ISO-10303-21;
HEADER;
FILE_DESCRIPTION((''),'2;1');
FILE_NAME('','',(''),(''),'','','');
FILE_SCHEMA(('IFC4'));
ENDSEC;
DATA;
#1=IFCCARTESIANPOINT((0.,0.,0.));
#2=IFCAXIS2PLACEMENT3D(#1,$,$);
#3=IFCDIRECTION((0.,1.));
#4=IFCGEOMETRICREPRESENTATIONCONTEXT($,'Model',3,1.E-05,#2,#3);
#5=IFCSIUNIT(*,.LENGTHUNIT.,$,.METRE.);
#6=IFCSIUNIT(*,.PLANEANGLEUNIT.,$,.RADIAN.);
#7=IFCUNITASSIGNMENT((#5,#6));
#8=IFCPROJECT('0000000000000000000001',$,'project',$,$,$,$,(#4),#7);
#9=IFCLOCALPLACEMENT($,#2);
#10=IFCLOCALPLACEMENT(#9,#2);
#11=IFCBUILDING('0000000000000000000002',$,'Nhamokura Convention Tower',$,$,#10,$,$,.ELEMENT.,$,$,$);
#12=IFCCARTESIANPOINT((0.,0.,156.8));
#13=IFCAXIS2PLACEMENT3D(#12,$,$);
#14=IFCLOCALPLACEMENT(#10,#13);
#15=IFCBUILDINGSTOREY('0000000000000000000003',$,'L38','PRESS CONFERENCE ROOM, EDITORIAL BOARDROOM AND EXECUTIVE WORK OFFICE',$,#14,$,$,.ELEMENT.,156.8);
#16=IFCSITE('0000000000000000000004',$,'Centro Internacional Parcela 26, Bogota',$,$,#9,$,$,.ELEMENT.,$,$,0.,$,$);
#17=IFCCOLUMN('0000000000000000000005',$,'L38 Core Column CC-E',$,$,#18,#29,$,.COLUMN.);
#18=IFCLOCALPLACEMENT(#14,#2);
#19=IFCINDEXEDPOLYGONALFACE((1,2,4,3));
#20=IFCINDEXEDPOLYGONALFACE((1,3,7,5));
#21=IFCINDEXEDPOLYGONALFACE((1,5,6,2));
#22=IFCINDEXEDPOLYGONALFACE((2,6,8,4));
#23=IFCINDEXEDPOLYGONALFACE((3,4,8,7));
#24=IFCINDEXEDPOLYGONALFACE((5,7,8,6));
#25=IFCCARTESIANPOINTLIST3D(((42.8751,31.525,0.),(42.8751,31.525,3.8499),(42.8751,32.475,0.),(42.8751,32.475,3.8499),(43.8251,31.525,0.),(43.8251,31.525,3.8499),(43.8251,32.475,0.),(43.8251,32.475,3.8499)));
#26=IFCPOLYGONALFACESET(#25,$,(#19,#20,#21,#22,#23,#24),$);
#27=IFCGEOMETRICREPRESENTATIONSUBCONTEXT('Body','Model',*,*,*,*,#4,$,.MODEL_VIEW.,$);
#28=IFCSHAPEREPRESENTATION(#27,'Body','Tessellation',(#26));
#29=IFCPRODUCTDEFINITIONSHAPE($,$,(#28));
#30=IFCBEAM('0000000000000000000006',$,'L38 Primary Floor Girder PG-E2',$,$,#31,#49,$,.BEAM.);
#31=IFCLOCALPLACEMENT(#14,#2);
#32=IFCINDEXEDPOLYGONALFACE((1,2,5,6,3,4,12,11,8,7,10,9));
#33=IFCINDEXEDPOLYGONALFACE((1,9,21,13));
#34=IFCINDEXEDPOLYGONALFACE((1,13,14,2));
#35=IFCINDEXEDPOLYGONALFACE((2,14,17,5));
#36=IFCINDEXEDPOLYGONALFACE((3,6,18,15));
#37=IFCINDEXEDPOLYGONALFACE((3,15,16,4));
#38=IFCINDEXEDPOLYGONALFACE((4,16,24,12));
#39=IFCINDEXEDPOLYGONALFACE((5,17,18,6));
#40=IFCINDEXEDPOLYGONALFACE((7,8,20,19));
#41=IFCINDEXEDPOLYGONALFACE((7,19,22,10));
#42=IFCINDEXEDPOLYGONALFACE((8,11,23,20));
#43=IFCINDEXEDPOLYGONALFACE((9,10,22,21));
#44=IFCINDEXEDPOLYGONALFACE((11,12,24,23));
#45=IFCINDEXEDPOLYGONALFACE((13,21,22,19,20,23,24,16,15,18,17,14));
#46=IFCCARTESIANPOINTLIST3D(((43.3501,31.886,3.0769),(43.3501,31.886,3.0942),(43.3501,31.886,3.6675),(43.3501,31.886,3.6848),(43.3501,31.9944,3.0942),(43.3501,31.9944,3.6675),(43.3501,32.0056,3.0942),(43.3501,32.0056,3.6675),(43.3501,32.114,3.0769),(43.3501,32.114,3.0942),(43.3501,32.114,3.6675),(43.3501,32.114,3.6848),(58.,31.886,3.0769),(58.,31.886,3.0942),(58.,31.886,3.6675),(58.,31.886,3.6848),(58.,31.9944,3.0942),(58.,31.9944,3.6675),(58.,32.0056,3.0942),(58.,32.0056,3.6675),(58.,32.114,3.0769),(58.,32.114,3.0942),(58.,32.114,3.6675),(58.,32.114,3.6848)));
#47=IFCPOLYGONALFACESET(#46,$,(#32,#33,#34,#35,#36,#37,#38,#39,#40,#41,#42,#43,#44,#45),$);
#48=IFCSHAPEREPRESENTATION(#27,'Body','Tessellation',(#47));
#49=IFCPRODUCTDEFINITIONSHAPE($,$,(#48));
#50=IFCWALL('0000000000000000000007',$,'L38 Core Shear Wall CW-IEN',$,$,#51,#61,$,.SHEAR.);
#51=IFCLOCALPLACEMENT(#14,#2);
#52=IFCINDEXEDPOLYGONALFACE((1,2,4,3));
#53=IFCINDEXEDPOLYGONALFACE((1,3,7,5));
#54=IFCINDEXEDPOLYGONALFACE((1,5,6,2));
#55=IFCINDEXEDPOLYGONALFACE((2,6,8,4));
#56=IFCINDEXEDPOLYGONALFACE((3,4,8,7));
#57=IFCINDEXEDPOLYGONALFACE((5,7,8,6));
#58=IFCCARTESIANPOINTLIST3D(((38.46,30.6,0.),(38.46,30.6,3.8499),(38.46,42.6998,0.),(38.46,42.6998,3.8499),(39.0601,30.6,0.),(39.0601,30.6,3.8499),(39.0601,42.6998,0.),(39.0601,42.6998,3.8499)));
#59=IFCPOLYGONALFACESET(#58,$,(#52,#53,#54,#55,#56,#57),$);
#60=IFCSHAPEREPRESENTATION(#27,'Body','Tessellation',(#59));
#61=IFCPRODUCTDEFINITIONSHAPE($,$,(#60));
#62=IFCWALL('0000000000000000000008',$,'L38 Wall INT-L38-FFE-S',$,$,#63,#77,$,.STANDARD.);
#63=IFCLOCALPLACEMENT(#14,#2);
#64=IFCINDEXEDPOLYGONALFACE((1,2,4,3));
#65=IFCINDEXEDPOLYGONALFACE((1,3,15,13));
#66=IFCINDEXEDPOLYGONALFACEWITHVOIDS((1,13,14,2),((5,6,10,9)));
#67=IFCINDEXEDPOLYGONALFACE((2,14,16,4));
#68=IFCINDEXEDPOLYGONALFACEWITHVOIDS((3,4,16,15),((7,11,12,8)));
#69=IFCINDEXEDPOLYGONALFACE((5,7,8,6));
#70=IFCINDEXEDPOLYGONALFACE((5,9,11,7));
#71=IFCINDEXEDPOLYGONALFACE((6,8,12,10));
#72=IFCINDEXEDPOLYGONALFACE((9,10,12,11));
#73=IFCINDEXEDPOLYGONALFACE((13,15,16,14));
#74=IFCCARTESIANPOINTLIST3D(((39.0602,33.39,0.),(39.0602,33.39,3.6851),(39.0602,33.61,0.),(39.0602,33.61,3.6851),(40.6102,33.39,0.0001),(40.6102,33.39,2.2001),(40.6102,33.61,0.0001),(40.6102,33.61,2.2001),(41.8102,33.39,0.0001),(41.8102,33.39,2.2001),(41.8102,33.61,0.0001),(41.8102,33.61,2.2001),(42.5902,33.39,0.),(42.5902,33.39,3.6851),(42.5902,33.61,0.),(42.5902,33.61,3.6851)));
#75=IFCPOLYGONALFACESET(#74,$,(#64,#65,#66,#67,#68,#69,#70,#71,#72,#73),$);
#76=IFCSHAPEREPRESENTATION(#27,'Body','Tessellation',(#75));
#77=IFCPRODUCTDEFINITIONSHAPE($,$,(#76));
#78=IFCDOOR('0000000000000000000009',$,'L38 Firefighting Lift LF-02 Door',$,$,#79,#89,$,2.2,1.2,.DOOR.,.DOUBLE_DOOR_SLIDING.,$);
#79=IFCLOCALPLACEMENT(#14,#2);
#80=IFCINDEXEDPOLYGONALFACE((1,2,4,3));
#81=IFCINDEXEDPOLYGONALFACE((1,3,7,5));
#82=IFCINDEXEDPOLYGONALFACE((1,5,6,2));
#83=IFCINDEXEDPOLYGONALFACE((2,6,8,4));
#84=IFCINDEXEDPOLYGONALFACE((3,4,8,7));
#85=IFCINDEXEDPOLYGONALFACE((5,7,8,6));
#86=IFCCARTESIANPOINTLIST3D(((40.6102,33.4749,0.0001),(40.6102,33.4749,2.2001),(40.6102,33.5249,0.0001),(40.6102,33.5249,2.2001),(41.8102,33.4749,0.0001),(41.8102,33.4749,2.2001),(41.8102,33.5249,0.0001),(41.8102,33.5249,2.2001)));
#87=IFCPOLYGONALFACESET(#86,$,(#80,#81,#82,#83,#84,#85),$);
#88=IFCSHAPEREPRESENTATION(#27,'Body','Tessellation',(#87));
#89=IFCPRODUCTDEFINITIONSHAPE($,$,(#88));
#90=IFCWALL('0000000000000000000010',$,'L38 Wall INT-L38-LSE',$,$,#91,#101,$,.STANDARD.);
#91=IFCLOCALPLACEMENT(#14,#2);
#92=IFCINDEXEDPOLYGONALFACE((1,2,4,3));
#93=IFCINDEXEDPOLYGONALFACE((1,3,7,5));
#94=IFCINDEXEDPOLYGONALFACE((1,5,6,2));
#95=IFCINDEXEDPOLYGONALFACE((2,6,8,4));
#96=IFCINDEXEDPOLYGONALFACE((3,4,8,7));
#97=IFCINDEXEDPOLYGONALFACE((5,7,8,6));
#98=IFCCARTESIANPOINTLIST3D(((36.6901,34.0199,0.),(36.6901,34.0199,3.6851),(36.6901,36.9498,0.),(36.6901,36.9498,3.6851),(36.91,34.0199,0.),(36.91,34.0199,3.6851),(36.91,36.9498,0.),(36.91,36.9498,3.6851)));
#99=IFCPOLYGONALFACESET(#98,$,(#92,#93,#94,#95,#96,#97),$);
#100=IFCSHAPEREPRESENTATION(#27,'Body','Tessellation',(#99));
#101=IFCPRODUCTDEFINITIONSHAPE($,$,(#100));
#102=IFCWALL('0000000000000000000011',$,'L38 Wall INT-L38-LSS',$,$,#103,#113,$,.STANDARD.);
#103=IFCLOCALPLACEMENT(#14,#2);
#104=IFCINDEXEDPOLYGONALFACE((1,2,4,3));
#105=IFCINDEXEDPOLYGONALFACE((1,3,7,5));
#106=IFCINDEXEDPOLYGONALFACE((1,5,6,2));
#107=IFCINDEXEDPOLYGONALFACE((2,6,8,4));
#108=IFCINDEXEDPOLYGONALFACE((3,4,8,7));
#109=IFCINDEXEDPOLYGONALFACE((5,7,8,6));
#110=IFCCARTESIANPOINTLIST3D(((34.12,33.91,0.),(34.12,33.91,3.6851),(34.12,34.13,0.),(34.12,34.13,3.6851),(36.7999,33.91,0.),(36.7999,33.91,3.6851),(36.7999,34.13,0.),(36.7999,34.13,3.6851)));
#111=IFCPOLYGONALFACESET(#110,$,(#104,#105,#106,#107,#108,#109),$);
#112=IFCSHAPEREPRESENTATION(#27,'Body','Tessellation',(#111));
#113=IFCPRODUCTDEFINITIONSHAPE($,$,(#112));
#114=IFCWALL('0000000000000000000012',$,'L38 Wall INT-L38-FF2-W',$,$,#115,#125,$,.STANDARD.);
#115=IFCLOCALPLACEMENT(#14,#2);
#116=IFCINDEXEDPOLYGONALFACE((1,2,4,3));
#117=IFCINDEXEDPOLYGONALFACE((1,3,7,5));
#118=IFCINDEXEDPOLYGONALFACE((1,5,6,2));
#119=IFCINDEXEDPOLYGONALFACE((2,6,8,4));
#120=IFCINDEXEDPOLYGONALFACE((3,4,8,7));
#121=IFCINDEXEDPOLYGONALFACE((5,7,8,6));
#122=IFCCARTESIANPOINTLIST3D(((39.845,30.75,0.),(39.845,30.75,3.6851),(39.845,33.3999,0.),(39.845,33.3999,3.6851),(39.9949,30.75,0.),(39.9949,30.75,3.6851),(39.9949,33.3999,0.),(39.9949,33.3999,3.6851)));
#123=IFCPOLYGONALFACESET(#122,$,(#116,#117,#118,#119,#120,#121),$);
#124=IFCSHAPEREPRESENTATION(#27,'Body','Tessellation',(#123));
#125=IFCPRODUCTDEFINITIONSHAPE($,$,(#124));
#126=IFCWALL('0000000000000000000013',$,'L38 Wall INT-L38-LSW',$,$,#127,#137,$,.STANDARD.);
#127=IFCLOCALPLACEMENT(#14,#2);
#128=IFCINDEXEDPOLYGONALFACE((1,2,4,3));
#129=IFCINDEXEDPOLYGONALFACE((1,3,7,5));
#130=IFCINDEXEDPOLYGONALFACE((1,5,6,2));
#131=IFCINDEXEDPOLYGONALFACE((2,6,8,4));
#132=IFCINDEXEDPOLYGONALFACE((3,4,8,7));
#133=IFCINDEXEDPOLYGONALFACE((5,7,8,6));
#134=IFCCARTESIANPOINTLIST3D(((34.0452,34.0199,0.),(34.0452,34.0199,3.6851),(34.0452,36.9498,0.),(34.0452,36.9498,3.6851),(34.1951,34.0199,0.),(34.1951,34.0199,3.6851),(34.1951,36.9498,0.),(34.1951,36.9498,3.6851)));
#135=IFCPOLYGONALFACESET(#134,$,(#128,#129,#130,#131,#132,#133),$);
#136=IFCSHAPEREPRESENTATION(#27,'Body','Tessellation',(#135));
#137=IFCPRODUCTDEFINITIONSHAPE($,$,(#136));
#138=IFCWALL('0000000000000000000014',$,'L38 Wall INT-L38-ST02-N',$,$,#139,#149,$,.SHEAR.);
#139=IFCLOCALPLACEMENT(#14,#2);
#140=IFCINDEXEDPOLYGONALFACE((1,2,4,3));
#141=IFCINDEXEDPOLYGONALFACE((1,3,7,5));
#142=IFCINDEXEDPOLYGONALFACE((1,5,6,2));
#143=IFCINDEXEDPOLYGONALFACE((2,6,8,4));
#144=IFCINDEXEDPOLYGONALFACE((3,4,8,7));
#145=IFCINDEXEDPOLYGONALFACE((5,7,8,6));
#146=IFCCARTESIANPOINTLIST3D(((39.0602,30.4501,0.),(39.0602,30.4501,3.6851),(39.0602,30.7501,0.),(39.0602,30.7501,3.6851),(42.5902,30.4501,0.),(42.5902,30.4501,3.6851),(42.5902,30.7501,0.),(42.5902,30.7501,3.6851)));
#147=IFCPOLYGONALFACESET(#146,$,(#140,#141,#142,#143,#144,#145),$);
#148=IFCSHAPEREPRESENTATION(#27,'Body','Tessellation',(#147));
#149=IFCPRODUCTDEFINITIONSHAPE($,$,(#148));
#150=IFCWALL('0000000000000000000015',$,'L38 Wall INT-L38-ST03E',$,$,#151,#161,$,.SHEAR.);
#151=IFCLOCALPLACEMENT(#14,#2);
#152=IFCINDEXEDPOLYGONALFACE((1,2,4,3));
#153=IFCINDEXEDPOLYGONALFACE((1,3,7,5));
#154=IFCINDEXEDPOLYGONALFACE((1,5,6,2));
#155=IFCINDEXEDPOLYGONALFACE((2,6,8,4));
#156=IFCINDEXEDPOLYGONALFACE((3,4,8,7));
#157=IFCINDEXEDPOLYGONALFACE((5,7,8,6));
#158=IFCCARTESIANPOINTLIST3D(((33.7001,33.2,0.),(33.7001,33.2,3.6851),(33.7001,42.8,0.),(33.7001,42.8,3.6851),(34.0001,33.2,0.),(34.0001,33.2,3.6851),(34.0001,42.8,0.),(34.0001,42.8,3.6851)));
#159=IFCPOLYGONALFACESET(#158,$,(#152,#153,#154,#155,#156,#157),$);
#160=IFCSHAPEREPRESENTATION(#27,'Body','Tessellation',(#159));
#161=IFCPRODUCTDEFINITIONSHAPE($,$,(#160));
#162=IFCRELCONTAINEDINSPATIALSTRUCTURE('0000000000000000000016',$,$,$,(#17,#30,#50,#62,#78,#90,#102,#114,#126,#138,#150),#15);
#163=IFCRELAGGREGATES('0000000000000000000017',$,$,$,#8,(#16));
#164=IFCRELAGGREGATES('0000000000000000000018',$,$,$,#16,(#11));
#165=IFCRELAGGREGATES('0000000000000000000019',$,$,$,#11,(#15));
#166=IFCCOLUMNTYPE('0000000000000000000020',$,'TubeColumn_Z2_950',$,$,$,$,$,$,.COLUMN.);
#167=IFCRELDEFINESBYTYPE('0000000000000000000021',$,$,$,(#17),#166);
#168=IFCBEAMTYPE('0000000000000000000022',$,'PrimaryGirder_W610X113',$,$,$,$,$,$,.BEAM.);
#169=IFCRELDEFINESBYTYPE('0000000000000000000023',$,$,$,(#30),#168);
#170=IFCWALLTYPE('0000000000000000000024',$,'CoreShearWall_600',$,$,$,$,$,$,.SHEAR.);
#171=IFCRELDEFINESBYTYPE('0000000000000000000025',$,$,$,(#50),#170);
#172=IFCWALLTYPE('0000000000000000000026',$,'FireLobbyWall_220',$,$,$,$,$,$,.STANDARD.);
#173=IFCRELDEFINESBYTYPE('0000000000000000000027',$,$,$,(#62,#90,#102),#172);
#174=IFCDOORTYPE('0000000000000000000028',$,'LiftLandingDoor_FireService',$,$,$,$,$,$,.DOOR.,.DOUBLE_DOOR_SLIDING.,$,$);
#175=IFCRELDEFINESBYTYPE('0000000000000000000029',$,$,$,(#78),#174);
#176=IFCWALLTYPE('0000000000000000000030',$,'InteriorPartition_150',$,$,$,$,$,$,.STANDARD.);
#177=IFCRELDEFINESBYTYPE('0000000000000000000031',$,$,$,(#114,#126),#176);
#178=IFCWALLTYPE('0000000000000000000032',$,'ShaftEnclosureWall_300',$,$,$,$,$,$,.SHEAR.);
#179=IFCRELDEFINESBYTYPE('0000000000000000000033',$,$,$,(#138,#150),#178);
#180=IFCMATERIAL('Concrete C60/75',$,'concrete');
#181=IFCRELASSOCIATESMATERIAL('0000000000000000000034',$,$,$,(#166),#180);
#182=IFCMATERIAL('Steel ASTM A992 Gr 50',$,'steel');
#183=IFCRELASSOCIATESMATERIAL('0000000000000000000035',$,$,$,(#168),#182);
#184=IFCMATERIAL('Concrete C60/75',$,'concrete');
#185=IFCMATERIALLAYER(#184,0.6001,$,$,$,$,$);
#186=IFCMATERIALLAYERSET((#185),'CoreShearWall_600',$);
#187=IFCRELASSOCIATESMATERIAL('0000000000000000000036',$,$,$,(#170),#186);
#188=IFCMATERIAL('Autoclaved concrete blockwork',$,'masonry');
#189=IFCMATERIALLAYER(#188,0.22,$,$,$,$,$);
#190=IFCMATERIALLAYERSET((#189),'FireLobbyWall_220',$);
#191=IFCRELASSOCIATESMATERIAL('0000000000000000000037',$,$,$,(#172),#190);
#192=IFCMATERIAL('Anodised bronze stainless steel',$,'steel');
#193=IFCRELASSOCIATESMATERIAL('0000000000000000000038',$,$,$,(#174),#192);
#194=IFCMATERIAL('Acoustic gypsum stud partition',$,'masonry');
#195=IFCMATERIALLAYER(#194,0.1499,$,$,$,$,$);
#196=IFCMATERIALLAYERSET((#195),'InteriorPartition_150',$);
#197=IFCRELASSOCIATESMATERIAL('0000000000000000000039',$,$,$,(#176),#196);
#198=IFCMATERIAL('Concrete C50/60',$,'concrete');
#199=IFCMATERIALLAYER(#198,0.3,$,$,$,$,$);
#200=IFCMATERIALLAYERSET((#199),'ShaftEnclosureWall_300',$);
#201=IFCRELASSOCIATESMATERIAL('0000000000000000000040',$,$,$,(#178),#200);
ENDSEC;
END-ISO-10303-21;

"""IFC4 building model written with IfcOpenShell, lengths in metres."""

from ifc_helpers import new_model, si_unit, direction, frame, frame_2d, origin, origin_2d, place, context, subcontext, project, spatial, rectangle, i_section, extrude, material, layer, layer_set, material_profile, profile_set, type_object, element, fill, save


model = new_model("IFC4")

# Units and contexts
model_context = context("Model", 3, precision=1e-05, world=origin(), true_north=direction((0.0, 1.0)))
body_context = subcontext(model_context, "Body", "Model", "MODEL_VIEW")
ifc_project = project(units=[si_unit("LENGTHUNIT", "METRE"), si_unit("PLANEANGLEUNIT", "RADIAN")], contexts=[model_context])

# Site, building, storey
site_placement = place(None, origin())
site = spatial("IfcSite", under=ifc_project, at=site_placement, Name="Centro Internacional Parcela 26, Bogota", CompositionType="ELEMENT", RefElevation=0.0)
building_placement = place(site_placement, origin())
building = spatial("IfcBuilding", under=site, at=building_placement, Name="Nhamokura Convention Tower", CompositionType="ELEMENT")
storey_placement = place(building_placement, frame((0.0, 0.0, 156.8)))
storey = spatial("IfcBuildingStorey", under=building, at=storey_placement, Name="L38", Description="PRESS CONFERENCE ROOM, EDITORIAL BOARDROOM AND EXECUTIVE WORK OFFICE", CompositionType="ELEMENT", Elevation=156.8)

# Column
ifc_material_1 = material(Name="Concrete C60/75", Category="concrete")
ifc_material_profile_1 = material_profile(ifc_material_1, rectangle(XDim=0.95, YDim=0.95, at=origin_2d()))
ifc_profile_set_1 = profile_set([ifc_material_profile_1], Name="Concrete C60/75")
column_type = type_object("IfcColumnType", Name="TubeColumn_Z2_950", PredefinedType="COLUMN", material=ifc_profile_set_1)
column_placement = place(storey_placement, frame((43.3501, 32.0, 0.0), z_axis=(0.0, 0.0, 1.0), x_axis=(1.0, 0.0, 0.0)))
element("IfcColumn", 1, at=column_placement, inside=storey, type_object=column_type, Name="L38 Core Column CC-E", PredefinedType="COLUMN", context=body_context, shape_type="SweptSolid", body=[
    extrude(rectangle(XDim=0.95, YDim=0.95, at=origin_2d()), origin(), (0.0, 0.0, 1.0), 3.8499),
])

# Beam
ifc_material_2 = material(Name="Steel ASTM A992 Gr 50", Category="steel")
ifc_material_profile_2 = material_profile(ifc_material_2, i_section(OverallWidth=0.228, OverallDepth=0.6079, WebThickness=0.0112, FlangeThickness=0.0173, at=origin_2d()))
ifc_profile_set_2 = profile_set([ifc_material_profile_2], Name="Steel ASTM A992 Gr 50")
beam_type = type_object("IfcBeamType", Name="PrimaryGirder_W610X113", PredefinedType="BEAM", material=ifc_profile_set_2)
beam_placement = place(storey_placement, frame((43.3501, 32.0, 3.3809), z_axis=(1.0, 0.0, 0.0), x_axis=(0.0, 1.0, 0.0)))
element("IfcBeam", 2, at=beam_placement, inside=storey, type_object=beam_type, Name="L38 Primary Floor Girder PG-E2", PredefinedType="BEAM", context=body_context, shape_type="SweptSolid", body=[
    extrude(i_section(OverallWidth=0.228, OverallDepth=0.6079, WebThickness=0.0112, FlangeThickness=0.0173, at=origin_2d()), origin(), (0.0, 0.0, 1.0), 14.6499),
])

# Shared definitions
ifc_material_3 = material(Name="Concrete C60/75", Category="concrete")
ifc_layer_1 = layer(ifc_material_3, 0.6001)
ifc_layer_set_1 = layer_set([ifc_layer_1], Name="CoreShearWall_600")
wall_type_1 = type_object("IfcWallType", Name="CoreShearWall_600", PredefinedType="SHEAR", material=ifc_layer_set_1)

# Wall
wall_1_placement = place(storey_placement, frame((38.76, 30.6001, 0.0), z_axis=(0.0, 0.0, 1.0), x_axis=(0.0, 1.0, 0.0)))
element("IfcWall", 3, at=wall_1_placement, inside=storey, type_object=wall_type_1, Name="L38 Core Shear Wall CW-IEN", PredefinedType="SHEAR", context=body_context, shape_type="SweptSolid", body=[
    extrude(rectangle(XDim=12.0999, YDim=0.6001, at=frame_2d((6.0498, 0.0))), origin(), (0.0, 0.0, 1.0), 3.8499),
])

# Wall, opening, door
ifc_material_4 = material(Name="Autoclaved concrete blockwork", Category="masonry")
ifc_layer_2 = layer(ifc_material_4, 0.22)
ifc_layer_set_2 = layer_set([ifc_layer_2], Name="FireLobbyWall_220")
wall_type_2 = type_object("IfcWallType", Name="FireLobbyWall_220", PredefinedType="STANDARD", material=ifc_layer_set_2)
wall_2_placement = place(storey_placement, frame((39.0601, 33.5, 0.0), z_axis=(0.0, 0.0, 1.0), x_axis=(1.0, 0.0, 0.0)))
wall_2 = element("IfcWall", 4, at=wall_2_placement, inside=storey, type_object=wall_type_2, Name="L38 Wall INT-L38-FFE-S", PredefinedType="STANDARD", context=body_context, shape_type="SweptSolid", body=[
    extrude(rectangle(XDim=3.53, YDim=0.22, at=frame_2d((1.7651, 0.0))), origin(), (0.0, 0.0, 1.0), 3.6851),
])
opening_1_placement = place(wall_2_placement, frame((1.55, 0.0, 0.0)))
opening_1 = element("IfcOpeningElement", 5, at=opening_1_placement, cuts=wall_2, PredefinedType="OPENING", context=body_context, shape_type="SweptSolid", body=[
    extrude(rectangle(XDim=1.2, YDim=2.2, at=frame_2d((0.6001, 1.1001))), frame((0.0, 0.1199, 0.0), z_axis=(0.0, -1.0, 0.0), x_axis=(1.0, 0.0, 0.0)), (0.0, 0.0, 1.0), 0.24),
])
ifc_material_5 = material(Name="Anodised bronze stainless steel", Category="steel")
door_type_1 = type_object("IfcDoorType", Name="LiftLandingDoor_FireService", OperationType="DOUBLE_DOOR_SLIDING", PredefinedType="DOOR", material=ifc_material_5)
door_1_placement = place(opening_1_placement, origin())
door_1 = element("IfcDoor", 6, at=door_1_placement, inside=storey, type_object=door_type_1, Name="L38 Firefighting Lift LF-02 Door", OperationType="DOUBLE_DOOR_SLIDING", OverallHeight=2.2, OverallWidth=1.2, PredefinedType="DOOR", context=body_context, shape_type="SweptSolid", body=[
    extrude(rectangle(XDim=1.2, YDim=2.2, at=frame_2d((0.6001, 1.1001))), frame((0.0, 0.0249, 0.0), z_axis=(0.0, -1.0, 0.0), x_axis=(1.0, 0.0, 0.0)), (0.0, 0.0, 1.0), 0.05),
])
fill(opening_1, door_1)

# Walls
wall_3_placement = place(storey_placement, frame((36.8, 34.02, 0.0), z_axis=(0.0, 0.0, 1.0), x_axis=(0.0, 1.0, 0.0)))
element("IfcWall", 7, at=wall_3_placement, inside=storey, type_object=wall_type_2, Name="L38 Wall INT-L38-LSE", PredefinedType="STANDARD", context=body_context, shape_type="SweptSolid", body=[
    extrude(rectangle(XDim=2.9299, YDim=0.22, at=frame_2d((1.4648, 0.0))), origin(), (0.0, 0.0, 1.0), 3.6851),
])
wall_4_placement = place(storey_placement, frame((34.1201, 34.02, 0.0), z_axis=(0.0, 0.0, 1.0), x_axis=(1.0, 0.0, 0.0)))
element("IfcWall", 8, at=wall_4_placement, inside=storey, type_object=wall_type_2, Name="L38 Wall INT-L38-LSS", PredefinedType="STANDARD", context=body_context, shape_type="SweptSolid", body=[
    extrude(rectangle(XDim=2.6799, YDim=0.22, at=frame_2d((1.3398, 0.0))), origin(), (0.0, 0.0, 1.0), 3.6851),
])
ifc_material_6 = material(Name="Acoustic gypsum stud partition", Category="masonry")
ifc_layer_3 = layer(ifc_material_6, 0.1499)
ifc_layer_set_3 = layer_set([ifc_layer_3], Name="InteriorPartition_150")
wall_type_3 = type_object("IfcWallType", Name="InteriorPartition_150", PredefinedType="STANDARD", material=ifc_layer_set_3)
wall_5_placement = place(storey_placement, frame((39.9199, 30.75, 0.0), z_axis=(0.0, 0.0, 1.0), x_axis=(0.0, 1.0, 0.0)))
element("IfcWall", 9, at=wall_5_placement, inside=storey, type_object=wall_type_3, Name="L38 Wall INT-L38-FF2-W", PredefinedType="STANDARD", context=body_context, shape_type="SweptSolid", body=[
    extrude(rectangle(XDim=2.6499, YDim=0.1499, at=frame_2d((1.325, 0.0))), origin(), (0.0, 0.0, 1.0), 3.6851),
])
wall_6_placement = place(storey_placement, frame((34.1201, 34.02, 0.0), z_axis=(0.0, 0.0, 1.0), x_axis=(0.0, 1.0, 0.0)))
element("IfcWall", 10, at=wall_6_placement, inside=storey, type_object=wall_type_3, Name="L38 Wall INT-L38-LSW", PredefinedType="STANDARD", context=body_context, shape_type="SweptSolid", body=[
    extrude(rectangle(XDim=2.9299, YDim=0.1499, at=frame_2d((1.4648, 0.0))), origin(), (0.0, 0.0, 1.0), 3.6851),
])
ifc_material_7 = material(Name="Concrete C50/60", Category="concrete")
ifc_layer_4 = layer(ifc_material_7, 0.3)
ifc_layer_set_4 = layer_set([ifc_layer_4], Name="ShaftEnclosureWall_300")
wall_type_4 = type_object("IfcWallType", Name="ShaftEnclosureWall_300", PredefinedType="SHEAR", material=ifc_layer_set_4)
wall_7_placement = place(storey_placement, frame((39.0601, 30.6001, 0.0), z_axis=(0.0, 0.0, 1.0), x_axis=(1.0, 0.0, 0.0)))
element("IfcWall", 11, at=wall_7_placement, inside=storey, type_object=wall_type_4, Name="L38 Wall INT-L38-ST02-N", PredefinedType="SHEAR", context=body_context, shape_type="SweptSolid", body=[
    extrude(rectangle(XDim=3.53, YDim=0.3, at=frame_2d((1.7651, 0.0))), origin(), (0.0, 0.0, 1.0), 3.6851),
])
wall_8_placement = place(storey_placement, frame((33.8501, 33.2, 0.0), z_axis=(0.0, 0.0, 1.0), x_axis=(0.0, 1.0, 0.0)))
element("IfcWall", 12, at=wall_8_placement, inside=storey, type_object=wall_type_4, Name="L38 Wall INT-L38-ST03E", PredefinedType="SHEAR", context=body_context, shape_type="SweptSolid", body=[
    extrude(rectangle(XDim=9.6001, YDim=0.3, at=frame_2d((4.8, 0.0))), origin(), (0.0, 0.0, 1.0), 3.6851),
])

save(model, "model.ifc")
